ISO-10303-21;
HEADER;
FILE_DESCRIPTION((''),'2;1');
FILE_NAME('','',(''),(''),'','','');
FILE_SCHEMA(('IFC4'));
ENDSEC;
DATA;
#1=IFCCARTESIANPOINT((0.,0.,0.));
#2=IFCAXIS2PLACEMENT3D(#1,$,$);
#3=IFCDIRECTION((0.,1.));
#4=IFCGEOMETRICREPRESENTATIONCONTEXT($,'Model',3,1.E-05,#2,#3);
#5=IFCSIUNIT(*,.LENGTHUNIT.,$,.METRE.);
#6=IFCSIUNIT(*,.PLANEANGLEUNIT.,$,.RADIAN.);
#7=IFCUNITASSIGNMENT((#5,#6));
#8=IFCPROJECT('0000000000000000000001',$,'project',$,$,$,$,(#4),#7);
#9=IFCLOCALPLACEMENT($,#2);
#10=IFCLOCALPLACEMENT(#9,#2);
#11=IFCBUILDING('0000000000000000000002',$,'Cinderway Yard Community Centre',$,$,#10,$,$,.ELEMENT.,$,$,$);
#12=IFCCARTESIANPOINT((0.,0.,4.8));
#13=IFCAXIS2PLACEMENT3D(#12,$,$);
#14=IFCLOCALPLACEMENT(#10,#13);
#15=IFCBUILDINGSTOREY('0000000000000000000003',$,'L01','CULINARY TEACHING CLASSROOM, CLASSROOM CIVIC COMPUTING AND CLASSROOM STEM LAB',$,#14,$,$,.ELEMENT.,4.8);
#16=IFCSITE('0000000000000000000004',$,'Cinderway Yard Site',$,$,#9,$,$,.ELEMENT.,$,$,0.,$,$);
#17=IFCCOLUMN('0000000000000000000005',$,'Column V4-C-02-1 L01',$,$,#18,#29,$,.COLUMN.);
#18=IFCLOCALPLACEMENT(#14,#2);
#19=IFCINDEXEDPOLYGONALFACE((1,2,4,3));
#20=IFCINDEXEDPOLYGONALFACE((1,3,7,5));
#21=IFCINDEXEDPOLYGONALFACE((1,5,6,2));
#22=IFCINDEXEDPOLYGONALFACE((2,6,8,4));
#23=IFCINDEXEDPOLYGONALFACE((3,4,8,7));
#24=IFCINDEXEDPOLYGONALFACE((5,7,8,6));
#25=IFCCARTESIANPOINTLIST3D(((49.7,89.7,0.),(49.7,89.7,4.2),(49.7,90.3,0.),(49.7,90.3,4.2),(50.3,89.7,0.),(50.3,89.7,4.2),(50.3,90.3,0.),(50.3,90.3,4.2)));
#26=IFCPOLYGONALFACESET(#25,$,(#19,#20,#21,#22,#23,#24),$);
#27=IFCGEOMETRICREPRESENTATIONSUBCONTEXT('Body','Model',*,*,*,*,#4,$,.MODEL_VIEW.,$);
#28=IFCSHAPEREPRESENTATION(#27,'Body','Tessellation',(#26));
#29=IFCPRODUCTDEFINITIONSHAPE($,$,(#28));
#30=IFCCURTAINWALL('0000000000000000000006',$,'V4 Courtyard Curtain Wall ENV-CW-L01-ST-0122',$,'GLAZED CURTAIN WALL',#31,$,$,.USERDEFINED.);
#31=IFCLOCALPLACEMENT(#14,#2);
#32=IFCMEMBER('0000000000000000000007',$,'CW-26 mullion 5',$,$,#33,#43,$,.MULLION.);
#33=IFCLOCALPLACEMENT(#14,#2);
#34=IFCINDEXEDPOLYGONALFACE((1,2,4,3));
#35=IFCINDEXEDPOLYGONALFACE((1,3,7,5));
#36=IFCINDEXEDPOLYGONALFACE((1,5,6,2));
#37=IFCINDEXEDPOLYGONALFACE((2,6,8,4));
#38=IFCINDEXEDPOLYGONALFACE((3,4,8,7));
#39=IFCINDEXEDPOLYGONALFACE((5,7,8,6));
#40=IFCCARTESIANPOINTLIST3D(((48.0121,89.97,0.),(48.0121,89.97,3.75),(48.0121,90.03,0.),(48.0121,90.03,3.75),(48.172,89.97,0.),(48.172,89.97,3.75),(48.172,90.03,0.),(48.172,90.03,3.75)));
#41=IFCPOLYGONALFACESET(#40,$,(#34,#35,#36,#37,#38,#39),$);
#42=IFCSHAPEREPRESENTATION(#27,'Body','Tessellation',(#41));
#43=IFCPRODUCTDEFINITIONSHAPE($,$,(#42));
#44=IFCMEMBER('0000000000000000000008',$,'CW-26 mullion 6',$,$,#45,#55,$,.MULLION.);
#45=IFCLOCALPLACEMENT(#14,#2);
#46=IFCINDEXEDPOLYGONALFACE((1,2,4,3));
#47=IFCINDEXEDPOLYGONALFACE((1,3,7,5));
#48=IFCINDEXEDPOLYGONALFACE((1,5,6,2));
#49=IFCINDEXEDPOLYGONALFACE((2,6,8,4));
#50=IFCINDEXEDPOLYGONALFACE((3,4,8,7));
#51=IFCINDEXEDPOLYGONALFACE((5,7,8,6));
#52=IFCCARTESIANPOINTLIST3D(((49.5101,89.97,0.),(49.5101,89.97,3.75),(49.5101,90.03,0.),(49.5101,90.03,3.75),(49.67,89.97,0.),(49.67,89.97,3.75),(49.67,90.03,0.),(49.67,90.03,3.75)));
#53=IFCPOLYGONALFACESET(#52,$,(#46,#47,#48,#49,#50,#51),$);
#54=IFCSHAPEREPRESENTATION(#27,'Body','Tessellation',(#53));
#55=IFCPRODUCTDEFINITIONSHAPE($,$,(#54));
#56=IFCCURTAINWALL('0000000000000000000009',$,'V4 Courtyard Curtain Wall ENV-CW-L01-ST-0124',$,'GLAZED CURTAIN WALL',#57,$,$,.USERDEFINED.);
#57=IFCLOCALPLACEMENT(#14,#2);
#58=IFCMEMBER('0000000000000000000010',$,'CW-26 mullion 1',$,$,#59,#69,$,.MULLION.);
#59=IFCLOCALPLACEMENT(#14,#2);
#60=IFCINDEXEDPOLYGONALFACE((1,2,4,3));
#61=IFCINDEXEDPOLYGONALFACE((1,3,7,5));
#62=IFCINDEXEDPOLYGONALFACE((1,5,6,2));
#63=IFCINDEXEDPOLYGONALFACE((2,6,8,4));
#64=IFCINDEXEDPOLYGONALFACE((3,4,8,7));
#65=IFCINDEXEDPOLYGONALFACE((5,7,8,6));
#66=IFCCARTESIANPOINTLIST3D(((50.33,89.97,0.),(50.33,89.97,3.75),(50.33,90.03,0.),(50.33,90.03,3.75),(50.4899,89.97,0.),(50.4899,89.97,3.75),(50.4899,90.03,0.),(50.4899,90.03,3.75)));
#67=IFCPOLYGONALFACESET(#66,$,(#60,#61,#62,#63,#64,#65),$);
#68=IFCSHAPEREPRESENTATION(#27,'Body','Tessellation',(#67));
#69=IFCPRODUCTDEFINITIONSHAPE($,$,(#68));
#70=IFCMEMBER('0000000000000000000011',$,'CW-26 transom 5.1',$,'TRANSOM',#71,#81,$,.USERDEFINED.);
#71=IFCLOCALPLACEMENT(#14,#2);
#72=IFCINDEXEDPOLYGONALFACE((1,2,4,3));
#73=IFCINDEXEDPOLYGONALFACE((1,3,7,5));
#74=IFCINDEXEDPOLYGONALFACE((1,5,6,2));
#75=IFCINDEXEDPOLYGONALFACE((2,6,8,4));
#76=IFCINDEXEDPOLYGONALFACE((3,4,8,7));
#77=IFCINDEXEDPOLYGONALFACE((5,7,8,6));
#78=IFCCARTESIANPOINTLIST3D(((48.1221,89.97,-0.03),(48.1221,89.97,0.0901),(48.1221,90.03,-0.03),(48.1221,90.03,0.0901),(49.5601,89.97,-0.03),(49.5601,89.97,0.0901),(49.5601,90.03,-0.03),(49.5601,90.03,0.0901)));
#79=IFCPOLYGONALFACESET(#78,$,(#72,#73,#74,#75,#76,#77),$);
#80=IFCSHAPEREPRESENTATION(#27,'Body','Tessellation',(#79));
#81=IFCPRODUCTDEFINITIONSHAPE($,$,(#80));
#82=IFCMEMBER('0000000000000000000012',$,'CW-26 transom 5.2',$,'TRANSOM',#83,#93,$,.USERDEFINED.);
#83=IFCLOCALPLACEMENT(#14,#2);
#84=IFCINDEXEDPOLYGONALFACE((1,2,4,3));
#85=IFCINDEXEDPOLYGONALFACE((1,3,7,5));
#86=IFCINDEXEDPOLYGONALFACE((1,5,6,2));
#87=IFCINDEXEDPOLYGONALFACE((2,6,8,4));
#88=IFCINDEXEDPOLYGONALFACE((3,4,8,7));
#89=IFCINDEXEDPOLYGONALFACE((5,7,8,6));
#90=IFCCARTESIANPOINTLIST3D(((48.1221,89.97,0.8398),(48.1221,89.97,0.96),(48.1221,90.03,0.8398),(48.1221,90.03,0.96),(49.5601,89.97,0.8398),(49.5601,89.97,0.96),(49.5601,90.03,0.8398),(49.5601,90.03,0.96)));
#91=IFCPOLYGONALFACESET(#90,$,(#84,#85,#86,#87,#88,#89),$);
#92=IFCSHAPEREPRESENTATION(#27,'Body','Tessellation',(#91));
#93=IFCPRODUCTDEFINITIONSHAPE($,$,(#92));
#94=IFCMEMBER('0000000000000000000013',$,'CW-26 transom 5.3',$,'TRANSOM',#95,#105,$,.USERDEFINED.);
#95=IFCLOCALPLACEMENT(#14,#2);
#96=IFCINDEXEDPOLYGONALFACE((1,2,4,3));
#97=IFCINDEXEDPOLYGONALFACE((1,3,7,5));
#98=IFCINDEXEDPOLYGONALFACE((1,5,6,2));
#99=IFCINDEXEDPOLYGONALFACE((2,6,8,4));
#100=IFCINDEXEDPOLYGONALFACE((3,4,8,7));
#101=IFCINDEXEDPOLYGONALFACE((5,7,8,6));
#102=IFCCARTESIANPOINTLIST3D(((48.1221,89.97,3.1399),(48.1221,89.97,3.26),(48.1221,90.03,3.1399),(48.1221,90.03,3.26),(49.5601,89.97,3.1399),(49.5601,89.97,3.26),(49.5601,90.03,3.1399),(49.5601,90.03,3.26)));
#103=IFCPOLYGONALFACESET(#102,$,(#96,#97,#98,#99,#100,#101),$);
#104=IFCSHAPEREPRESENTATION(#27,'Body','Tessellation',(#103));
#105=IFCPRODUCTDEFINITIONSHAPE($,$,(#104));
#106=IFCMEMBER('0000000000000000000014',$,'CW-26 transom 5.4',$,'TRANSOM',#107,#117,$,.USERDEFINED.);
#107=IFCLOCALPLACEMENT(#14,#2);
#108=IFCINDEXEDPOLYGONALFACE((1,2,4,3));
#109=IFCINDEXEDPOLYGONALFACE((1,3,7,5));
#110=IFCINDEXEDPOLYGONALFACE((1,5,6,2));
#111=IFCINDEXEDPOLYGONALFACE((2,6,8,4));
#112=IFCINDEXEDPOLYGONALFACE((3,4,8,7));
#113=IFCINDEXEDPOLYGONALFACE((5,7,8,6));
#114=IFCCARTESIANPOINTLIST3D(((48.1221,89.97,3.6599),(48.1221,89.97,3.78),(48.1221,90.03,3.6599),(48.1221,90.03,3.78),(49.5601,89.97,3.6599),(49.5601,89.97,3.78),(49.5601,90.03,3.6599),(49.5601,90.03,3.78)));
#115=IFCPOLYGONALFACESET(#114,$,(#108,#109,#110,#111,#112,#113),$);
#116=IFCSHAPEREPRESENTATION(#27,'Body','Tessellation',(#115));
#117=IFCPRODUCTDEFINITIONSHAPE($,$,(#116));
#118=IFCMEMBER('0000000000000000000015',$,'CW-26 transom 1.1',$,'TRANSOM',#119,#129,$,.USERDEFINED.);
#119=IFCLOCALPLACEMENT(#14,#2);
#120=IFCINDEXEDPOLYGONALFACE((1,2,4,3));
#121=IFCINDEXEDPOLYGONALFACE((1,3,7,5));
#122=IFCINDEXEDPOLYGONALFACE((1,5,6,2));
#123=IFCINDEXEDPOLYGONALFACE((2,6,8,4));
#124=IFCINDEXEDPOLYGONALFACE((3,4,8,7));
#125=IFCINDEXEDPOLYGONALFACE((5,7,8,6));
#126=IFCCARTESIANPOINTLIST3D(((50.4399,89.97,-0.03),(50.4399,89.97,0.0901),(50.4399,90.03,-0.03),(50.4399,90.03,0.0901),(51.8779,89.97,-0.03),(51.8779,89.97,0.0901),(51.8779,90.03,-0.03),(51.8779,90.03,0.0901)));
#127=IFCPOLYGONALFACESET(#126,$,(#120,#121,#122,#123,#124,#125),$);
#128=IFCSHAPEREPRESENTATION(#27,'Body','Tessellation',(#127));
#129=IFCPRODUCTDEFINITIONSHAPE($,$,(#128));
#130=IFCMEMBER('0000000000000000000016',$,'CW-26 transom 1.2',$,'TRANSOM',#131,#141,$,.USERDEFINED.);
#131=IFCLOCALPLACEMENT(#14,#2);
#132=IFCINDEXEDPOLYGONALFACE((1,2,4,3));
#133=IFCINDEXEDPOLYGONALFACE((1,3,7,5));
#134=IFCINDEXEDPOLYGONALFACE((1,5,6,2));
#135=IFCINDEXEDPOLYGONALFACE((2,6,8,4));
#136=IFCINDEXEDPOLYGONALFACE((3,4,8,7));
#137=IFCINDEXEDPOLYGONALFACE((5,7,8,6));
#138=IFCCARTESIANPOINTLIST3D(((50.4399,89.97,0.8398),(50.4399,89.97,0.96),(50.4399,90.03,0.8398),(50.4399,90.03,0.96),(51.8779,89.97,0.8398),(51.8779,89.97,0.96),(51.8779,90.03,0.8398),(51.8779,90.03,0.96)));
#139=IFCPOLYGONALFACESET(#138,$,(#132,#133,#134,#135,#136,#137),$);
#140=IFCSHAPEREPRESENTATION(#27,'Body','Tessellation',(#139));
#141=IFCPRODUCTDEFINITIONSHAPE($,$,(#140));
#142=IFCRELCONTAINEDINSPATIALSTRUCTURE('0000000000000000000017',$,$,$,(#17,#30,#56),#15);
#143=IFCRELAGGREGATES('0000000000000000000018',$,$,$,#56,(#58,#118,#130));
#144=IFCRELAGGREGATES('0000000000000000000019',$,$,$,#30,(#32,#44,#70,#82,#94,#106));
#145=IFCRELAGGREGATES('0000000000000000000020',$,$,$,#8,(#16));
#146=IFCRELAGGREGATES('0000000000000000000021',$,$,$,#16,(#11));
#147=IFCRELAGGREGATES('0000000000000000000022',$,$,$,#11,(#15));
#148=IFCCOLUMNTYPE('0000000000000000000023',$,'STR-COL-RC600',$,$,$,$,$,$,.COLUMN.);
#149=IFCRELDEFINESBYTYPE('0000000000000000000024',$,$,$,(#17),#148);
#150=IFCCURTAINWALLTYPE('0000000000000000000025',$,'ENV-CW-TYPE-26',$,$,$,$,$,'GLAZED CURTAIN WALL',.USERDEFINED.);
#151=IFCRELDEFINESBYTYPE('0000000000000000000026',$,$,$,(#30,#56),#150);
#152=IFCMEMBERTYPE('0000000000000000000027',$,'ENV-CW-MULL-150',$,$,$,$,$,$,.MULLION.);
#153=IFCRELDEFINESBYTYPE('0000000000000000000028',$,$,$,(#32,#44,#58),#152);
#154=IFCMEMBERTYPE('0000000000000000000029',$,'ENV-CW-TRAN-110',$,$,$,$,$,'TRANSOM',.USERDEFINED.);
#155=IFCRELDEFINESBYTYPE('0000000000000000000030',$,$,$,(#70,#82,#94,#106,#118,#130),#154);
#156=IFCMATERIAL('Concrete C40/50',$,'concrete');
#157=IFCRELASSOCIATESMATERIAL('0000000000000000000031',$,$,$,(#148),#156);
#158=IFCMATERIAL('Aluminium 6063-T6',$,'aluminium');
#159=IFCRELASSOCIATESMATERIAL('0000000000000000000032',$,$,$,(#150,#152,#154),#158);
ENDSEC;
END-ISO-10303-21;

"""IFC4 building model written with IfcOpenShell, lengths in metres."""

from ifc_helpers import new_model, si_unit, direction, frame, origin, origin_2d, place, context, subcontext, project, spatial, rectangle, extrude, material, material_profile, profile_set, type_object, element, aggregate, save


model = new_model("IFC4")

# Units and contexts
model_context = context("Model", 3, precision=1e-05, world=origin(), true_north=direction((0.0, 1.0)))
body_context = subcontext(model_context, "Body", "Model", "MODEL_VIEW")
ifc_project = project(units=[si_unit("LENGTHUNIT", "METRE"), si_unit("PLANEANGLEUNIT", "RADIAN")], contexts=[model_context])

# Site, building, storey
site_placement = place(None, origin())
site = spatial("IfcSite", under=ifc_project, at=site_placement, Name="Cinderway Yard Site", CompositionType="ELEMENT", RefElevation=0.0)
building_placement = place(site_placement, origin())
building = spatial("IfcBuilding", under=site, at=building_placement, Name="Cinderway Yard Community Centre", CompositionType="ELEMENT")
storey_placement = place(building_placement, frame((0.0, 0.0, 4.8)))
storey = spatial("IfcBuildingStorey", under=building, at=storey_placement, Name="L01", Description="CULINARY TEACHING CLASSROOM, CLASSROOM CIVIC COMPUTING AND CLASSROOM STEM LAB", CompositionType="ELEMENT", Elevation=4.8)

# Column
ifc_material_1 = material(Name="Concrete C40/50", Category="concrete")
ifc_material_profile_1 = material_profile(ifc_material_1, rectangle(XDim=0.6001, YDim=0.6001, at=origin_2d()), Name="Concrete C40/50")
ifc_profile_set_1 = profile_set([ifc_material_profile_1], Name="Concrete C40/50")
column_type = type_object("IfcColumnType", Name="STR-COL-RC600", PredefinedType="COLUMN", material=ifc_profile_set_1)
column_placement = place(storey_placement, frame((50.0, 90.0, 0.0), z_axis=(0.0, 0.0, 1.0), x_axis=(1.0, 0.0, 0.0)))
element("IfcColumn", 1, at=column_placement, inside=storey, type_object=column_type, Name="Column V4-C-02-1 L01", PredefinedType="COLUMN", context=body_context, shape_type="SweptSolid", body=[
    extrude(rectangle(XDim=0.6001, YDim=0.6001, at=origin_2d()), origin(), (0.0, 0.0, 1.0), 4.2),
])

# Curtain wall, members
ifc_material_2 = material(Name="Aluminium 6063-T6", Category="aluminium")
curtain_wall_type = type_object("IfcCurtainWallType", Name="ENV-CW-TYPE-26", ElementType="GLAZED CURTAIN WALL", PredefinedType="USERDEFINED", material=ifc_material_2)
curtain_wall_1_placement = place(storey_placement, origin())
curtain_wall_1 = element("IfcCurtainWall", 2, at=curtain_wall_1_placement, inside=storey, type_object=curtain_wall_type, Name="V4 Courtyard Curtain Wall ENV-CW-L01-ST-0122", ObjectType="GLAZED CURTAIN WALL", PredefinedType="USERDEFINED")
ifc_material_profile_2 = material_profile(ifc_material_2, rectangle(XDim=0.0601, YDim=0.1599, at=origin_2d()), Name="Aluminium 6063-T6")
ifc_profile_set_2 = profile_set([ifc_material_profile_2], Name="Aluminium 6063-T6")
member_type_1 = type_object("IfcMemberType", Name="ENV-CW-MULL-150", PredefinedType="MULLION", material=ifc_profile_set_2)
member_1_placement = place(storey_placement, frame((48.092, 90.0, 0.0), z_axis=(0.0, 0.0, 1.0), x_axis=(0.0, 1.0, 0.0)))
member_1 = element("IfcMember", 3, at=member_1_placement, type_object=member_type_1, Name="CW-26 mullion 5", PredefinedType="MULLION", context=body_context, shape_type="SweptSolid", body=[
    extrude(rectangle(XDim=0.0601, YDim=0.1599, at=origin_2d()), origin(), (0.0, 0.0, 1.0), 3.75),
])
member_2_placement = place(storey_placement, frame((49.5901, 90.0, 0.0), z_axis=(0.0, 0.0, 1.0), x_axis=(0.0, 1.0, 0.0)))
member_2 = element("IfcMember", 4, at=member_2_placement, type_object=member_type_1, Name="CW-26 mullion 6", PredefinedType="MULLION", context=body_context, shape_type="SweptSolid", body=[
    extrude(rectangle(XDim=0.0601, YDim=0.1599, at=origin_2d()), origin(), (0.0, 0.0, 1.0), 3.75),
])

# Curtain wall, member
curtain_wall_2_placement = place(storey_placement, origin())
curtain_wall_2 = element("IfcCurtainWall", 5, at=curtain_wall_2_placement, inside=storey, type_object=curtain_wall_type, Name="V4 Courtyard Curtain Wall ENV-CW-L01-ST-0124", ObjectType="GLAZED CURTAIN WALL", PredefinedType="USERDEFINED")
member_3_placement = place(storey_placement, frame((50.4099, 90.0, 0.0), z_axis=(0.0, 0.0, 1.0), x_axis=(0.0, 1.0, 0.0)))
member_3 = element("IfcMember", 6, at=member_3_placement, type_object=member_type_1, Name="CW-26 mullion 1", PredefinedType="MULLION", context=body_context, shape_type="SweptSolid", body=[
    extrude(rectangle(XDim=0.0601, YDim=0.1599, at=origin_2d()), origin(), (0.0, 0.0, 1.0), 3.75),
])

# Members
ifc_material_profile_3 = material_profile(ifc_material_2, rectangle(XDim=0.0601, YDim=0.1201, at=origin_2d()), Name="Aluminium 6063-T6")
ifc_profile_set_3 = profile_set([ifc_material_profile_3], Name="Aluminium 6063-T6")
member_type_2 = type_object("IfcMemberType", Name="ENV-CW-TRAN-110", ElementType="TRANSOM", PredefinedType="USERDEFINED", material=ifc_profile_set_3)
member_4_placement = place(storey_placement, frame((48.1221, 90.0, 0.03), z_axis=(1.0, 0.0, 0.0), x_axis=(0.0, 1.0, 0.0)))
member_4 = element("IfcMember", 7, at=member_4_placement, type_object=member_type_2, Name="CW-26 transom 5.1", ObjectType="TRANSOM", PredefinedType="USERDEFINED", context=body_context, shape_type="SweptSolid", body=[
    extrude(rectangle(XDim=0.0601, YDim=0.1201, at=origin_2d()), origin(), (0.0, 0.0, 1.0), 1.438),
])
member_5_placement = place(storey_placement, frame((48.1221, 90.0, 0.8999), z_axis=(1.0, 0.0, 0.0), x_axis=(0.0, 1.0, 0.0)))
member_5 = element("IfcMember", 8, at=member_5_placement, type_object=member_type_2, Name="CW-26 transom 5.2", ObjectType="TRANSOM", PredefinedType="USERDEFINED", context=body_context, shape_type="SweptSolid", body=[
    extrude(rectangle(XDim=0.0601, YDim=0.1201, at=origin_2d()), origin(), (0.0, 0.0, 1.0), 1.438),
])
member_6_placement = place(storey_placement, frame((48.1221, 90.0, 3.2), z_axis=(1.0, 0.0, 0.0), x_axis=(0.0, 1.0, 0.0)))
member_6 = element("IfcMember", 9, at=member_6_placement, type_object=member_type_2, Name="CW-26 transom 5.3", ObjectType="TRANSOM", PredefinedType="USERDEFINED", context=body_context, shape_type="SweptSolid", body=[
    extrude(rectangle(XDim=0.0601, YDim=0.1201, at=origin_2d()), origin(), (0.0, 0.0, 1.0), 1.438),
])
member_7_placement = place(storey_placement, frame((48.1221, 90.0, 3.72), z_axis=(1.0, 0.0, 0.0), x_axis=(0.0, 1.0, 0.0)))
member_7 = element("IfcMember", 10, at=member_7_placement, type_object=member_type_2, Name="CW-26 transom 5.4", ObjectType="TRANSOM", PredefinedType="USERDEFINED", context=body_context, shape_type="SweptSolid", body=[
    extrude(rectangle(XDim=0.0601, YDim=0.1201, at=origin_2d()), origin(), (0.0, 0.0, 1.0), 1.438),
])
member_8_placement = place(storey_placement, frame((50.4399, 90.0, 0.03), z_axis=(1.0, 0.0, 0.0), x_axis=(0.0, 1.0, 0.0)))
member_8 = element("IfcMember", 11, at=member_8_placement, type_object=member_type_2, Name="CW-26 transom 1.1", ObjectType="TRANSOM", PredefinedType="USERDEFINED", context=body_context, shape_type="SweptSolid", body=[
    extrude(rectangle(XDim=0.0601, YDim=0.1201, at=origin_2d()), origin(), (0.0, 0.0, 1.0), 1.438),
])
member_9_placement = place(storey_placement, frame((50.4399, 90.0, 0.8999), z_axis=(1.0, 0.0, 0.0), x_axis=(0.0, 1.0, 0.0)))
member_9 = element("IfcMember", 12, at=member_9_placement, type_object=member_type_2, Name="CW-26 transom 1.2", ObjectType="TRANSOM", PredefinedType="USERDEFINED", context=body_context, shape_type="SweptSolid", body=[
    extrude(rectangle(XDim=0.0601, YDim=0.1201, at=origin_2d()), origin(), (0.0, 0.0, 1.0), 1.438),
])
aggregate(curtain_wall_2, [member_3, member_8, member_9])

aggregate(curtain_wall_1, [member_1, member_2, member_4, member_5, member_6, member_7])

save(model, "model.ifc")
